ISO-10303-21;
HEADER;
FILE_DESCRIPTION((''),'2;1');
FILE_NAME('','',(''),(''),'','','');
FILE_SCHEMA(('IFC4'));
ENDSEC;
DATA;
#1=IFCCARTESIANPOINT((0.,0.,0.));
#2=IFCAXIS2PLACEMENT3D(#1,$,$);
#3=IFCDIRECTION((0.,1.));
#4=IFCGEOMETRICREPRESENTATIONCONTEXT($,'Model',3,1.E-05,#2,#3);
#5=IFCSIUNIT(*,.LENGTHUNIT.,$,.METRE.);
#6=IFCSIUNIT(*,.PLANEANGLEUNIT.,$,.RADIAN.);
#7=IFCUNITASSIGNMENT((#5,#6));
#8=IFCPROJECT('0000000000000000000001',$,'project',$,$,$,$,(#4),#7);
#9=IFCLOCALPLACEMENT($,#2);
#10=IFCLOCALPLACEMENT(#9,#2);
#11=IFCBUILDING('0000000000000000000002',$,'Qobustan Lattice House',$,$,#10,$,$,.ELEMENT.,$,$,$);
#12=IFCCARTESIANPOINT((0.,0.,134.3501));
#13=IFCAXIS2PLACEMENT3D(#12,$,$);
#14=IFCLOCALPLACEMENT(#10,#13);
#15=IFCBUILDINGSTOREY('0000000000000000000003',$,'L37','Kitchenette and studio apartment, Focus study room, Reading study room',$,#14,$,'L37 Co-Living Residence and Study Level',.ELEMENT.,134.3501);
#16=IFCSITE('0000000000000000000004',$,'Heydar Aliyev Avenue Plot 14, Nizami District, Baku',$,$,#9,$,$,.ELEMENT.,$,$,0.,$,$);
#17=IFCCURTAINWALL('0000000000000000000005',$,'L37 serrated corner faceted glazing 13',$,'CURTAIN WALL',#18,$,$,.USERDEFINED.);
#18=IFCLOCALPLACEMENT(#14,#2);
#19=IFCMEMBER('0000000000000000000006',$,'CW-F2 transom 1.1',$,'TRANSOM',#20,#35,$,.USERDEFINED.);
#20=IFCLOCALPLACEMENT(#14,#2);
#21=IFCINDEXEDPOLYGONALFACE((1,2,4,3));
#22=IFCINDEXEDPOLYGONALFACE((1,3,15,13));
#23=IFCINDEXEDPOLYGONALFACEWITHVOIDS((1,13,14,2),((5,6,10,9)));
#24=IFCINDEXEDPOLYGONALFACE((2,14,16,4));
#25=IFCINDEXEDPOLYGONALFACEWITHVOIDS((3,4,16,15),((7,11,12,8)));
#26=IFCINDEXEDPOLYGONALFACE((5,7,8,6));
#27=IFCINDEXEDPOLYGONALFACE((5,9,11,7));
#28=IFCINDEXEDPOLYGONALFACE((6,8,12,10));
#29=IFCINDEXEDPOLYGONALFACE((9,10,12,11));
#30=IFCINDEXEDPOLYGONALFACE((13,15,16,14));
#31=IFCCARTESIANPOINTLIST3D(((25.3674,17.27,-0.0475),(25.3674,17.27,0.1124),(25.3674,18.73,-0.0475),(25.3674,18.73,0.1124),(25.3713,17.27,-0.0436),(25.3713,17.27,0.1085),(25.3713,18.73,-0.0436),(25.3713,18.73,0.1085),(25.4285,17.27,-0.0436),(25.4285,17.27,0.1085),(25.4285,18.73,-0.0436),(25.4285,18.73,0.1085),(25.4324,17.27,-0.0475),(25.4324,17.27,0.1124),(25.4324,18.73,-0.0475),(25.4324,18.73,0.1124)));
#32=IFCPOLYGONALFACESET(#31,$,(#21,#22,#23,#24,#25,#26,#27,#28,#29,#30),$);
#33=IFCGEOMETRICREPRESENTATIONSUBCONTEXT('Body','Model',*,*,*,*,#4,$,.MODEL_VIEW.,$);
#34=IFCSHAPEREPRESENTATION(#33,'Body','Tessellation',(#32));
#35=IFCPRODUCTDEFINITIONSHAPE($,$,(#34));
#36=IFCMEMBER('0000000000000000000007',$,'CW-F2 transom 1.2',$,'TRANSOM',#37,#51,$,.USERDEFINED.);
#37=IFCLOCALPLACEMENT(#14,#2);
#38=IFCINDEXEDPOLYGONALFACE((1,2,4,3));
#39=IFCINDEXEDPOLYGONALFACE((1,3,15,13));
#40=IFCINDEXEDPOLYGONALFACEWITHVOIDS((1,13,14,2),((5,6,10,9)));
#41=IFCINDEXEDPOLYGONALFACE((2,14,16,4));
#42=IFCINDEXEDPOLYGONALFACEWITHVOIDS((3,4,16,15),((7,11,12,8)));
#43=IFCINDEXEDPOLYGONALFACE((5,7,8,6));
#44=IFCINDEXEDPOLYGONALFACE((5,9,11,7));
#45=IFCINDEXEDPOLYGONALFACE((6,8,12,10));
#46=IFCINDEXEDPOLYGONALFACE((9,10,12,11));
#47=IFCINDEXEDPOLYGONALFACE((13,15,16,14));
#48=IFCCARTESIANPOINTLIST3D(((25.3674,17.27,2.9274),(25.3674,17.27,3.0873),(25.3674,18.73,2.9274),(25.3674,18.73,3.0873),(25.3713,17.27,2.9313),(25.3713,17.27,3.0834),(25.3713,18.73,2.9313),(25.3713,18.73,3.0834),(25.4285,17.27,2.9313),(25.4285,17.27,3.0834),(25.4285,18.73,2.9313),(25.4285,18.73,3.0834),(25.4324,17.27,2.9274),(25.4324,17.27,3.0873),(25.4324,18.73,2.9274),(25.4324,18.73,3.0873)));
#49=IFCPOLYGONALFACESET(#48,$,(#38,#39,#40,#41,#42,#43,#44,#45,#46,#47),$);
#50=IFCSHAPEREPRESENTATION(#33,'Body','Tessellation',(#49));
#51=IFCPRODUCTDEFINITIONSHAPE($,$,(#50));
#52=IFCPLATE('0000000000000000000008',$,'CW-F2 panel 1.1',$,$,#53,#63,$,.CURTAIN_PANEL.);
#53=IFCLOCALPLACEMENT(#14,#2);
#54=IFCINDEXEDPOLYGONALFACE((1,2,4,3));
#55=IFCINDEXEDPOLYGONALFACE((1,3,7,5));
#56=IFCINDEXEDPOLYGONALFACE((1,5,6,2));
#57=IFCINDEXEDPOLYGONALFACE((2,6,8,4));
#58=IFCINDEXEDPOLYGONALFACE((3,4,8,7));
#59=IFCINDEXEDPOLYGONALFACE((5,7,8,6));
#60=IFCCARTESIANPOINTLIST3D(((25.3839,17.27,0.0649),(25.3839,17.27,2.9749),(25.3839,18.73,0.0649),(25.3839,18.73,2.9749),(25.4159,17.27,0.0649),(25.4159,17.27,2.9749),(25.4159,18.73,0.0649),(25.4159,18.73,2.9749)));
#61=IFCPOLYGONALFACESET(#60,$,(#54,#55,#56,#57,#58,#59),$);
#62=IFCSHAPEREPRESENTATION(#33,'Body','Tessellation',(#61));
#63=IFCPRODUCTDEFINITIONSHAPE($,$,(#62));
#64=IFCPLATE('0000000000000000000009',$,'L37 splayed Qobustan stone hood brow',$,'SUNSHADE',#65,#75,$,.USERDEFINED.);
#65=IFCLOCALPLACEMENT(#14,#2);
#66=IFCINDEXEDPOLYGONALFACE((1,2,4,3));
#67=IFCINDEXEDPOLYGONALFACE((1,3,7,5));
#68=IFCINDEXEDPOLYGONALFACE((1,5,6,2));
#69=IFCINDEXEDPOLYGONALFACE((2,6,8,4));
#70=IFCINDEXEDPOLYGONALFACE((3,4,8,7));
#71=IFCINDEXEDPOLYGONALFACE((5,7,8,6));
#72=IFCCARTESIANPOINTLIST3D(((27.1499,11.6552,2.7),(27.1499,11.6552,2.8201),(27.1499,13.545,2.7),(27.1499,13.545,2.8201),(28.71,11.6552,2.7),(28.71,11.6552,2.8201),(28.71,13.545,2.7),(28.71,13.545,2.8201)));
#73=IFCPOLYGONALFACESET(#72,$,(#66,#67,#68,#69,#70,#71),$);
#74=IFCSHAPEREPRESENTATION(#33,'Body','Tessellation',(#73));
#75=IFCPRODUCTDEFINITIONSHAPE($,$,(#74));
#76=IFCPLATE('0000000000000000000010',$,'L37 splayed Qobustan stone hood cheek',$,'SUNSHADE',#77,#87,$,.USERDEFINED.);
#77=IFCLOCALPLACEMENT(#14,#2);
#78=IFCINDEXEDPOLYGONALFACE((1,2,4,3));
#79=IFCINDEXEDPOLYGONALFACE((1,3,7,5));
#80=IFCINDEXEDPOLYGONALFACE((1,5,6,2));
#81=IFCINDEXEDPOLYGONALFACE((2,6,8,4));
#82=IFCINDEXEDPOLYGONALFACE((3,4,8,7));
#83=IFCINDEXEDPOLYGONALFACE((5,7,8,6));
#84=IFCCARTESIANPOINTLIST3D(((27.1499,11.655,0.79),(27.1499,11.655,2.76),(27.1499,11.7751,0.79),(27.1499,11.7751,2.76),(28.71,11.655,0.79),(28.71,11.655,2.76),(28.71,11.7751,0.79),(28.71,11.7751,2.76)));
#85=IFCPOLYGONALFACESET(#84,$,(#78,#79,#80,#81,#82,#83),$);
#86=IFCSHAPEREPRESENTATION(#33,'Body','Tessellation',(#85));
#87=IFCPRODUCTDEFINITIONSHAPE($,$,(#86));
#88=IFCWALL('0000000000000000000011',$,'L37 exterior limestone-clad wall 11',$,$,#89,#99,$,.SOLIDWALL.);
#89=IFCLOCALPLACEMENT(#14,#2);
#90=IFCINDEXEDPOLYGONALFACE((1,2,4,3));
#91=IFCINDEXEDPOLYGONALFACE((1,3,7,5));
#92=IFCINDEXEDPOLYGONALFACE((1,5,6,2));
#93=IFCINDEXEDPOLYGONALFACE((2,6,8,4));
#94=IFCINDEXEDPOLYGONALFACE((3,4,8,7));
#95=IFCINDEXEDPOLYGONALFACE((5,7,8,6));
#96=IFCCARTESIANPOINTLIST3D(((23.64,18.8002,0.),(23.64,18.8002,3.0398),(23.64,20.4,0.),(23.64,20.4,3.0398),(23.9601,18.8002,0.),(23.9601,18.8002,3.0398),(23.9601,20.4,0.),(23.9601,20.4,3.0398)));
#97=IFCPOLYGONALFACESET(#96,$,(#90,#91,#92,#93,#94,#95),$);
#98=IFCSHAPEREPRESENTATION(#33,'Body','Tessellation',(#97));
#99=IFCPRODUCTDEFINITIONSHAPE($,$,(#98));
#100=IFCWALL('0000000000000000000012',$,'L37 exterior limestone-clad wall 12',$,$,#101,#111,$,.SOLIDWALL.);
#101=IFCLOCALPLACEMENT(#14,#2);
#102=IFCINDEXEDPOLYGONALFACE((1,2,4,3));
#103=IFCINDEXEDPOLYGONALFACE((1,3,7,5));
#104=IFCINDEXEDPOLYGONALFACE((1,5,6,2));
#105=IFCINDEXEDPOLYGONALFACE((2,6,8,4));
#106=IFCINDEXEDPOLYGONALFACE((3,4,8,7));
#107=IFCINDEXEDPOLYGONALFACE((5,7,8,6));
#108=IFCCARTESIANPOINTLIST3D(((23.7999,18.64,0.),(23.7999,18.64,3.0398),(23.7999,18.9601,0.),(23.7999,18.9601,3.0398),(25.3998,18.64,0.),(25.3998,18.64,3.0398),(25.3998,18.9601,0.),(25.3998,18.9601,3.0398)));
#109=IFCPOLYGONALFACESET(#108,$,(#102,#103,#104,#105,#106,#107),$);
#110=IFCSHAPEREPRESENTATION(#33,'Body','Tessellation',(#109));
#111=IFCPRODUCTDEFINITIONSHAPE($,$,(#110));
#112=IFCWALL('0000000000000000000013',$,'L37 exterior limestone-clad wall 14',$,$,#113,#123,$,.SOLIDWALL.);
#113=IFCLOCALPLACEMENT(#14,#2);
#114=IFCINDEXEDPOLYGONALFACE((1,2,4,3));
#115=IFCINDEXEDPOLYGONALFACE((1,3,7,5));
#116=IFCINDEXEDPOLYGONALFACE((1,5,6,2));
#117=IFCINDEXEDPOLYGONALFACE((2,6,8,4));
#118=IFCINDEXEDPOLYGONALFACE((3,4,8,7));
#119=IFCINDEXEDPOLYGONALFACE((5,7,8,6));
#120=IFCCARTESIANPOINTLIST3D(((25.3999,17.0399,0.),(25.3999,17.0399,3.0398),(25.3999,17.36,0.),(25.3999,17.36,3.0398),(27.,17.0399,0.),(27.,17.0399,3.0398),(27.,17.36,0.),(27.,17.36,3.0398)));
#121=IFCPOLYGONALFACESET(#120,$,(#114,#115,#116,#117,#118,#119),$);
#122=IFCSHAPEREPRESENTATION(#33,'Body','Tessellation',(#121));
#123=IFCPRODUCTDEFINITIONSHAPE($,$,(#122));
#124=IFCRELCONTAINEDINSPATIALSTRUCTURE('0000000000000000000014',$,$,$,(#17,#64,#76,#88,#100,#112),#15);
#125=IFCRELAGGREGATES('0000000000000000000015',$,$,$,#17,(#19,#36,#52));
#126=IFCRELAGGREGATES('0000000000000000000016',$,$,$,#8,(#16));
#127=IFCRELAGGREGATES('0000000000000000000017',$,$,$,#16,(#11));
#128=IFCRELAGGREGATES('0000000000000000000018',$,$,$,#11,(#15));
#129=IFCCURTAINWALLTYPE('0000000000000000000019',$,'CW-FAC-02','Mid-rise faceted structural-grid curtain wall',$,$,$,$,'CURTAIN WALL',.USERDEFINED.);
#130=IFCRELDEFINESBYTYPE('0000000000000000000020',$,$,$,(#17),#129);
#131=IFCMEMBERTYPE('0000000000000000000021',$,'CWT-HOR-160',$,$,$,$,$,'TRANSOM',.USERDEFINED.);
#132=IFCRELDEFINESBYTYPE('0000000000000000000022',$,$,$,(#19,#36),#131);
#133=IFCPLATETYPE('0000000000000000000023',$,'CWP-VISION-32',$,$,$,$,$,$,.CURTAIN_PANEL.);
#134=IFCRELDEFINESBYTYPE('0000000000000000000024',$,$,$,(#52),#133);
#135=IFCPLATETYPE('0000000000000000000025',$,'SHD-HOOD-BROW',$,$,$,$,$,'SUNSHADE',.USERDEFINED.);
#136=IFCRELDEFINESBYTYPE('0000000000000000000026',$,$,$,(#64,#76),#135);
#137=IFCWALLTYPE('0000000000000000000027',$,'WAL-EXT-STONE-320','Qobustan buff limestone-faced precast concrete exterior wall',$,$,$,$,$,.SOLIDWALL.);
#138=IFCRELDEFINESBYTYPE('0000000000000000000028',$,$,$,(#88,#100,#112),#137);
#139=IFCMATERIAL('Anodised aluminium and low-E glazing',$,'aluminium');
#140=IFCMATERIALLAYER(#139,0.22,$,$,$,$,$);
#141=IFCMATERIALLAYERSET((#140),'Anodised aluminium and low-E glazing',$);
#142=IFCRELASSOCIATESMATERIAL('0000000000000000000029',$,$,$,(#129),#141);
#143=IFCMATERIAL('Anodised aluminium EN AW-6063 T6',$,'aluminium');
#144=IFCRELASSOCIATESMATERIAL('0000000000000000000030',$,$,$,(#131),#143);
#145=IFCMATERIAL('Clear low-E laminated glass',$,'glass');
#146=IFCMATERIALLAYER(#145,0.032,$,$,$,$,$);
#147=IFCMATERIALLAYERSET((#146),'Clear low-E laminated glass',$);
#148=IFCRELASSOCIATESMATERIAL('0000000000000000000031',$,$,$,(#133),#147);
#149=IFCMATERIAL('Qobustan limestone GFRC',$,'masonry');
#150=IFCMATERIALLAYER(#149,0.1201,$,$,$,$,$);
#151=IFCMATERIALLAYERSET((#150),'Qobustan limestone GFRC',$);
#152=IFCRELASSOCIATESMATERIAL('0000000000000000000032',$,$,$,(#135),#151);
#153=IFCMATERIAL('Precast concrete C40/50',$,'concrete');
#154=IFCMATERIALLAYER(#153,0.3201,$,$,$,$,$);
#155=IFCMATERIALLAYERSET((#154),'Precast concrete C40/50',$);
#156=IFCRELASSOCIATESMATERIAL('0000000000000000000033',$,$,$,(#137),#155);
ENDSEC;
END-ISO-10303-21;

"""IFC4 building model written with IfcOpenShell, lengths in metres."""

from ifc_helpers import new_model, si_unit, direction, frame, frame_2d, origin, origin_2d, place, context, subcontext, project, spatial, rectangle, hollow_rectangle, extrude, material, layer, layer_set, material_profile, profile_set, type_object, element, aggregate, save


model = new_model("IFC4")

# Units and contexts
model_context = context("Model", 3, precision=1e-05, world=origin(), true_north=direction((0.0, 1.0)))
body_context = subcontext(model_context, "Body", "Model", "MODEL_VIEW")
ifc_project = project(units=[si_unit("LENGTHUNIT", "METRE"), si_unit("PLANEANGLEUNIT", "RADIAN")], contexts=[model_context])

# Site, building, storey
site_placement = place(None, origin())
site = spatial("IfcSite", under=ifc_project, at=site_placement, Name="Heydar Aliyev Avenue Plot 14, Nizami District, Baku", CompositionType="ELEMENT", RefElevation=0.0)
building_placement = place(site_placement, origin())
building = spatial("IfcBuilding", under=site, at=building_placement, Name="Qobustan Lattice House", CompositionType="ELEMENT")
storey_placement = place(building_placement, frame((0.0, 0.0, 134.3501)))
storey = spatial("IfcBuildingStorey", under=building, at=storey_placement, Name="L37", Description="Kitchenette and studio apartment, Focus study room, Reading study room", LongName="L37 Co-Living Residence and Study Level", CompositionType="ELEMENT", Elevation=134.3501)

# Curtain wall, members, plate
ifc_material_1 = material(Name="Anodised aluminium and low-E glazing", Category="aluminium")
ifc_layer_1 = layer(ifc_material_1, 0.22)
ifc_layer_set_1 = layer_set([ifc_layer_1], Name="Anodised aluminium and low-E glazing")
curtain_wall_type = type_object("IfcCurtainWallType", Name="CW-FAC-02", Description="Mid-rise faceted structural-grid curtain wall", ElementType="CURTAIN WALL", PredefinedType="USERDEFINED", material=ifc_layer_set_1)
curtain_wall_placement = place(storey_placement, origin())
curtain_wall = element("IfcCurtainWall", 1, at=curtain_wall_placement, inside=storey, type_object=curtain_wall_type, Name="L37 serrated corner faceted glazing 13", ObjectType="CURTAIN WALL", PredefinedType="USERDEFINED")
ifc_material_2 = material(Name="Anodised aluminium EN AW-6063 T6", Category="aluminium")
ifc_material_profile_1 = material_profile(ifc_material_2, hollow_rectangle(XDim=0.0649, YDim=0.1599, WallThickness=0.0039, at=origin_2d()), Name="CWT-160x65")
ifc_profile_set_1 = profile_set([ifc_material_profile_1], Name="Anodised aluminium EN AW-6063 T6")
member_type_1 = type_object("IfcMemberType", Name="CWT-HOR-160", ElementType="TRANSOM", PredefinedType="USERDEFINED", material=ifc_profile_set_1)
member_1_placement = place(storey_placement, frame((25.3999, 18.73, 0.0325), z_axis=(0.0, -1.0, 0.0), x_axis=(1.0, 0.0, 0.0)))
member_1 = element("IfcMember", 2, at=member_1_placement, type_object=member_type_1, Name="CW-F2 transom 1.1", ObjectType="TRANSOM", PredefinedType="USERDEFINED", context=body_context, shape_type="SweptSolid", body=[
    extrude(hollow_rectangle(XDim=0.0649, YDim=0.1599, WallThickness=0.0039, at=origin_2d()), origin(), (0.0, 0.0, 1.0), 1.46),
])
member_2_placement = place(storey_placement, frame((25.3999, 18.73, 3.0073), z_axis=(0.0, -1.0, 0.0), x_axis=(1.0, 0.0, 0.0)))
member_2 = element("IfcMember", 3, at=member_2_placement, type_object=member_type_1, Name="CW-F2 transom 1.2", ObjectType="TRANSOM", PredefinedType="USERDEFINED", context=body_context, shape_type="SweptSolid", body=[
    extrude(hollow_rectangle(XDim=0.0649, YDim=0.1599, WallThickness=0.0039, at=origin_2d()), origin(), (0.0, 0.0, 1.0), 1.46),
])
ifc_material_3 = material(Name="Clear low-E laminated glass", Category="glass")
ifc_layer_2 = layer(ifc_material_3, 0.032)
ifc_layer_set_2 = layer_set([ifc_layer_2], Name="Clear low-E laminated glass")
plate_type_1 = type_object("IfcPlateType", Name="CWP-VISION-32", PredefinedType="CURTAIN_PANEL", material=ifc_layer_set_2)
plate_1_placement = place(storey_placement, frame((25.3999, 18.0, 0.0649), z_axis=(0.0, 0.0, 1.0), x_axis=(0.0, -1.0, 0.0)))
plate_1 = element("IfcPlate", 4, at=plate_1_placement, type_object=plate_type_1, Name="CW-F2 panel 1.1", PredefinedType="CURTAIN_PANEL", context=body_context, shape_type="SweptSolid", body=[
    extrude(rectangle(XDim=1.46, YDim=0.032, at=origin_2d()), origin(), (0.0, 0.0, 1.0), 2.9099),
])
aggregate(curtain_wall, [member_1, member_2, plate_1])

# Plates
ifc_material_4 = material(Name="Qobustan limestone GFRC", Category="masonry")
ifc_layer_3 = layer(ifc_material_4, 0.1201)
ifc_layer_set_3 = layer_set([ifc_layer_3], Name="Qobustan limestone GFRC")
plate_type_2 = type_object("IfcPlateType", Name="SHD-HOOD-BROW", ElementType="SUNSHADE", PredefinedType="USERDEFINED", material=ifc_layer_set_3)
plate_2_placement = place(storey_placement, frame((27.9299, 12.6001, 2.7), z_axis=(0.0, 0.0, 1.0), x_axis=(0.0, -1.0, 0.0)))
element("IfcPlate", 5, at=plate_2_placement, inside=storey, type_object=plate_type_2, Name="L37 splayed Qobustan stone hood brow", ObjectType="SUNSHADE", PredefinedType="USERDEFINED", context=body_context, shape_type="SweptSolid", body=[
    extrude(rectangle(XDim=1.8899, YDim=1.5601, at=origin_2d()), origin(), (0.0, 0.0, 1.0), 0.1201),
])
plate_3_placement = place(storey_placement, frame((27.9299, 11.7151, 0.79), z_axis=(0.0, 0.0, 1.0), x_axis=(0.0, -1.0, 0.0)))
element("IfcPlate", 6, at=plate_3_placement, inside=storey, type_object=plate_type_2, Name="L37 splayed Qobustan stone hood cheek", ObjectType="SUNSHADE", PredefinedType="USERDEFINED", context=body_context, shape_type="SweptSolid", body=[
    extrude(rectangle(XDim=0.1201, YDim=1.5601, at=origin_2d()), origin(), (0.0, 0.0, 1.0), 1.97),
])

# Walls
ifc_material_5 = material(Name="Precast concrete C40/50", Category="concrete")
ifc_layer_4 = layer(ifc_material_5, 0.3201)
ifc_layer_set_4 = layer_set([ifc_layer_4], Name="Precast concrete C40/50")
wall_type_1 = type_object("IfcWallType", Name="WAL-EXT-STONE-320", Description="Qobustan buff limestone-faced precast concrete exterior wall", PredefinedType="SOLIDWALL", material=ifc_layer_set_4)
for number, where, z_axis, x_axis, name in (
    (7, (23.8, 20.3999, 0.0), (0.0, 0.0, 1.0), (0.0, -1.0, 0.0), "L37 exterior limestone-clad wall 11"),
    (8, (23.8, 18.8, 0.0), (0.0, 0.0, 1.0), (1.0, 0.0, 0.0), "L37 exterior limestone-clad wall 12"),
):
    element("IfcWall", number, at=place(storey_placement, frame(where, z_axis=z_axis, x_axis=x_axis)), inside=storey, type_object=wall_type_1, Name=name, PredefinedType="SOLIDWALL", context=body_context, shape_type="SweptSolid", body=[
        extrude(rectangle(XDim=1.5999, YDim=0.3201, at=frame_2d((0.7998, 0.0))), origin(), (0.0, 0.0, 1.0), 3.0398),
    ])
wall_1_placement = place(storey_placement, frame((25.3999, 17.2, 0.0), z_axis=(0.0, 0.0, 1.0), x_axis=(1.0, 0.0, 0.0)))
element("IfcWall", 9, at=wall_1_placement, inside=storey, type_object=wall_type_1, Name="L37 exterior limestone-clad wall 14", PredefinedType="SOLIDWALL", context=body_context, shape_type="SweptSolid", body=[
    extrude(rectangle(XDim=1.6001, YDim=0.3201, at=frame_2d((0.8, 0.0))), origin(), (0.0, 0.0, 1.0), 3.0398),
])

save(model, "model.ifc")
